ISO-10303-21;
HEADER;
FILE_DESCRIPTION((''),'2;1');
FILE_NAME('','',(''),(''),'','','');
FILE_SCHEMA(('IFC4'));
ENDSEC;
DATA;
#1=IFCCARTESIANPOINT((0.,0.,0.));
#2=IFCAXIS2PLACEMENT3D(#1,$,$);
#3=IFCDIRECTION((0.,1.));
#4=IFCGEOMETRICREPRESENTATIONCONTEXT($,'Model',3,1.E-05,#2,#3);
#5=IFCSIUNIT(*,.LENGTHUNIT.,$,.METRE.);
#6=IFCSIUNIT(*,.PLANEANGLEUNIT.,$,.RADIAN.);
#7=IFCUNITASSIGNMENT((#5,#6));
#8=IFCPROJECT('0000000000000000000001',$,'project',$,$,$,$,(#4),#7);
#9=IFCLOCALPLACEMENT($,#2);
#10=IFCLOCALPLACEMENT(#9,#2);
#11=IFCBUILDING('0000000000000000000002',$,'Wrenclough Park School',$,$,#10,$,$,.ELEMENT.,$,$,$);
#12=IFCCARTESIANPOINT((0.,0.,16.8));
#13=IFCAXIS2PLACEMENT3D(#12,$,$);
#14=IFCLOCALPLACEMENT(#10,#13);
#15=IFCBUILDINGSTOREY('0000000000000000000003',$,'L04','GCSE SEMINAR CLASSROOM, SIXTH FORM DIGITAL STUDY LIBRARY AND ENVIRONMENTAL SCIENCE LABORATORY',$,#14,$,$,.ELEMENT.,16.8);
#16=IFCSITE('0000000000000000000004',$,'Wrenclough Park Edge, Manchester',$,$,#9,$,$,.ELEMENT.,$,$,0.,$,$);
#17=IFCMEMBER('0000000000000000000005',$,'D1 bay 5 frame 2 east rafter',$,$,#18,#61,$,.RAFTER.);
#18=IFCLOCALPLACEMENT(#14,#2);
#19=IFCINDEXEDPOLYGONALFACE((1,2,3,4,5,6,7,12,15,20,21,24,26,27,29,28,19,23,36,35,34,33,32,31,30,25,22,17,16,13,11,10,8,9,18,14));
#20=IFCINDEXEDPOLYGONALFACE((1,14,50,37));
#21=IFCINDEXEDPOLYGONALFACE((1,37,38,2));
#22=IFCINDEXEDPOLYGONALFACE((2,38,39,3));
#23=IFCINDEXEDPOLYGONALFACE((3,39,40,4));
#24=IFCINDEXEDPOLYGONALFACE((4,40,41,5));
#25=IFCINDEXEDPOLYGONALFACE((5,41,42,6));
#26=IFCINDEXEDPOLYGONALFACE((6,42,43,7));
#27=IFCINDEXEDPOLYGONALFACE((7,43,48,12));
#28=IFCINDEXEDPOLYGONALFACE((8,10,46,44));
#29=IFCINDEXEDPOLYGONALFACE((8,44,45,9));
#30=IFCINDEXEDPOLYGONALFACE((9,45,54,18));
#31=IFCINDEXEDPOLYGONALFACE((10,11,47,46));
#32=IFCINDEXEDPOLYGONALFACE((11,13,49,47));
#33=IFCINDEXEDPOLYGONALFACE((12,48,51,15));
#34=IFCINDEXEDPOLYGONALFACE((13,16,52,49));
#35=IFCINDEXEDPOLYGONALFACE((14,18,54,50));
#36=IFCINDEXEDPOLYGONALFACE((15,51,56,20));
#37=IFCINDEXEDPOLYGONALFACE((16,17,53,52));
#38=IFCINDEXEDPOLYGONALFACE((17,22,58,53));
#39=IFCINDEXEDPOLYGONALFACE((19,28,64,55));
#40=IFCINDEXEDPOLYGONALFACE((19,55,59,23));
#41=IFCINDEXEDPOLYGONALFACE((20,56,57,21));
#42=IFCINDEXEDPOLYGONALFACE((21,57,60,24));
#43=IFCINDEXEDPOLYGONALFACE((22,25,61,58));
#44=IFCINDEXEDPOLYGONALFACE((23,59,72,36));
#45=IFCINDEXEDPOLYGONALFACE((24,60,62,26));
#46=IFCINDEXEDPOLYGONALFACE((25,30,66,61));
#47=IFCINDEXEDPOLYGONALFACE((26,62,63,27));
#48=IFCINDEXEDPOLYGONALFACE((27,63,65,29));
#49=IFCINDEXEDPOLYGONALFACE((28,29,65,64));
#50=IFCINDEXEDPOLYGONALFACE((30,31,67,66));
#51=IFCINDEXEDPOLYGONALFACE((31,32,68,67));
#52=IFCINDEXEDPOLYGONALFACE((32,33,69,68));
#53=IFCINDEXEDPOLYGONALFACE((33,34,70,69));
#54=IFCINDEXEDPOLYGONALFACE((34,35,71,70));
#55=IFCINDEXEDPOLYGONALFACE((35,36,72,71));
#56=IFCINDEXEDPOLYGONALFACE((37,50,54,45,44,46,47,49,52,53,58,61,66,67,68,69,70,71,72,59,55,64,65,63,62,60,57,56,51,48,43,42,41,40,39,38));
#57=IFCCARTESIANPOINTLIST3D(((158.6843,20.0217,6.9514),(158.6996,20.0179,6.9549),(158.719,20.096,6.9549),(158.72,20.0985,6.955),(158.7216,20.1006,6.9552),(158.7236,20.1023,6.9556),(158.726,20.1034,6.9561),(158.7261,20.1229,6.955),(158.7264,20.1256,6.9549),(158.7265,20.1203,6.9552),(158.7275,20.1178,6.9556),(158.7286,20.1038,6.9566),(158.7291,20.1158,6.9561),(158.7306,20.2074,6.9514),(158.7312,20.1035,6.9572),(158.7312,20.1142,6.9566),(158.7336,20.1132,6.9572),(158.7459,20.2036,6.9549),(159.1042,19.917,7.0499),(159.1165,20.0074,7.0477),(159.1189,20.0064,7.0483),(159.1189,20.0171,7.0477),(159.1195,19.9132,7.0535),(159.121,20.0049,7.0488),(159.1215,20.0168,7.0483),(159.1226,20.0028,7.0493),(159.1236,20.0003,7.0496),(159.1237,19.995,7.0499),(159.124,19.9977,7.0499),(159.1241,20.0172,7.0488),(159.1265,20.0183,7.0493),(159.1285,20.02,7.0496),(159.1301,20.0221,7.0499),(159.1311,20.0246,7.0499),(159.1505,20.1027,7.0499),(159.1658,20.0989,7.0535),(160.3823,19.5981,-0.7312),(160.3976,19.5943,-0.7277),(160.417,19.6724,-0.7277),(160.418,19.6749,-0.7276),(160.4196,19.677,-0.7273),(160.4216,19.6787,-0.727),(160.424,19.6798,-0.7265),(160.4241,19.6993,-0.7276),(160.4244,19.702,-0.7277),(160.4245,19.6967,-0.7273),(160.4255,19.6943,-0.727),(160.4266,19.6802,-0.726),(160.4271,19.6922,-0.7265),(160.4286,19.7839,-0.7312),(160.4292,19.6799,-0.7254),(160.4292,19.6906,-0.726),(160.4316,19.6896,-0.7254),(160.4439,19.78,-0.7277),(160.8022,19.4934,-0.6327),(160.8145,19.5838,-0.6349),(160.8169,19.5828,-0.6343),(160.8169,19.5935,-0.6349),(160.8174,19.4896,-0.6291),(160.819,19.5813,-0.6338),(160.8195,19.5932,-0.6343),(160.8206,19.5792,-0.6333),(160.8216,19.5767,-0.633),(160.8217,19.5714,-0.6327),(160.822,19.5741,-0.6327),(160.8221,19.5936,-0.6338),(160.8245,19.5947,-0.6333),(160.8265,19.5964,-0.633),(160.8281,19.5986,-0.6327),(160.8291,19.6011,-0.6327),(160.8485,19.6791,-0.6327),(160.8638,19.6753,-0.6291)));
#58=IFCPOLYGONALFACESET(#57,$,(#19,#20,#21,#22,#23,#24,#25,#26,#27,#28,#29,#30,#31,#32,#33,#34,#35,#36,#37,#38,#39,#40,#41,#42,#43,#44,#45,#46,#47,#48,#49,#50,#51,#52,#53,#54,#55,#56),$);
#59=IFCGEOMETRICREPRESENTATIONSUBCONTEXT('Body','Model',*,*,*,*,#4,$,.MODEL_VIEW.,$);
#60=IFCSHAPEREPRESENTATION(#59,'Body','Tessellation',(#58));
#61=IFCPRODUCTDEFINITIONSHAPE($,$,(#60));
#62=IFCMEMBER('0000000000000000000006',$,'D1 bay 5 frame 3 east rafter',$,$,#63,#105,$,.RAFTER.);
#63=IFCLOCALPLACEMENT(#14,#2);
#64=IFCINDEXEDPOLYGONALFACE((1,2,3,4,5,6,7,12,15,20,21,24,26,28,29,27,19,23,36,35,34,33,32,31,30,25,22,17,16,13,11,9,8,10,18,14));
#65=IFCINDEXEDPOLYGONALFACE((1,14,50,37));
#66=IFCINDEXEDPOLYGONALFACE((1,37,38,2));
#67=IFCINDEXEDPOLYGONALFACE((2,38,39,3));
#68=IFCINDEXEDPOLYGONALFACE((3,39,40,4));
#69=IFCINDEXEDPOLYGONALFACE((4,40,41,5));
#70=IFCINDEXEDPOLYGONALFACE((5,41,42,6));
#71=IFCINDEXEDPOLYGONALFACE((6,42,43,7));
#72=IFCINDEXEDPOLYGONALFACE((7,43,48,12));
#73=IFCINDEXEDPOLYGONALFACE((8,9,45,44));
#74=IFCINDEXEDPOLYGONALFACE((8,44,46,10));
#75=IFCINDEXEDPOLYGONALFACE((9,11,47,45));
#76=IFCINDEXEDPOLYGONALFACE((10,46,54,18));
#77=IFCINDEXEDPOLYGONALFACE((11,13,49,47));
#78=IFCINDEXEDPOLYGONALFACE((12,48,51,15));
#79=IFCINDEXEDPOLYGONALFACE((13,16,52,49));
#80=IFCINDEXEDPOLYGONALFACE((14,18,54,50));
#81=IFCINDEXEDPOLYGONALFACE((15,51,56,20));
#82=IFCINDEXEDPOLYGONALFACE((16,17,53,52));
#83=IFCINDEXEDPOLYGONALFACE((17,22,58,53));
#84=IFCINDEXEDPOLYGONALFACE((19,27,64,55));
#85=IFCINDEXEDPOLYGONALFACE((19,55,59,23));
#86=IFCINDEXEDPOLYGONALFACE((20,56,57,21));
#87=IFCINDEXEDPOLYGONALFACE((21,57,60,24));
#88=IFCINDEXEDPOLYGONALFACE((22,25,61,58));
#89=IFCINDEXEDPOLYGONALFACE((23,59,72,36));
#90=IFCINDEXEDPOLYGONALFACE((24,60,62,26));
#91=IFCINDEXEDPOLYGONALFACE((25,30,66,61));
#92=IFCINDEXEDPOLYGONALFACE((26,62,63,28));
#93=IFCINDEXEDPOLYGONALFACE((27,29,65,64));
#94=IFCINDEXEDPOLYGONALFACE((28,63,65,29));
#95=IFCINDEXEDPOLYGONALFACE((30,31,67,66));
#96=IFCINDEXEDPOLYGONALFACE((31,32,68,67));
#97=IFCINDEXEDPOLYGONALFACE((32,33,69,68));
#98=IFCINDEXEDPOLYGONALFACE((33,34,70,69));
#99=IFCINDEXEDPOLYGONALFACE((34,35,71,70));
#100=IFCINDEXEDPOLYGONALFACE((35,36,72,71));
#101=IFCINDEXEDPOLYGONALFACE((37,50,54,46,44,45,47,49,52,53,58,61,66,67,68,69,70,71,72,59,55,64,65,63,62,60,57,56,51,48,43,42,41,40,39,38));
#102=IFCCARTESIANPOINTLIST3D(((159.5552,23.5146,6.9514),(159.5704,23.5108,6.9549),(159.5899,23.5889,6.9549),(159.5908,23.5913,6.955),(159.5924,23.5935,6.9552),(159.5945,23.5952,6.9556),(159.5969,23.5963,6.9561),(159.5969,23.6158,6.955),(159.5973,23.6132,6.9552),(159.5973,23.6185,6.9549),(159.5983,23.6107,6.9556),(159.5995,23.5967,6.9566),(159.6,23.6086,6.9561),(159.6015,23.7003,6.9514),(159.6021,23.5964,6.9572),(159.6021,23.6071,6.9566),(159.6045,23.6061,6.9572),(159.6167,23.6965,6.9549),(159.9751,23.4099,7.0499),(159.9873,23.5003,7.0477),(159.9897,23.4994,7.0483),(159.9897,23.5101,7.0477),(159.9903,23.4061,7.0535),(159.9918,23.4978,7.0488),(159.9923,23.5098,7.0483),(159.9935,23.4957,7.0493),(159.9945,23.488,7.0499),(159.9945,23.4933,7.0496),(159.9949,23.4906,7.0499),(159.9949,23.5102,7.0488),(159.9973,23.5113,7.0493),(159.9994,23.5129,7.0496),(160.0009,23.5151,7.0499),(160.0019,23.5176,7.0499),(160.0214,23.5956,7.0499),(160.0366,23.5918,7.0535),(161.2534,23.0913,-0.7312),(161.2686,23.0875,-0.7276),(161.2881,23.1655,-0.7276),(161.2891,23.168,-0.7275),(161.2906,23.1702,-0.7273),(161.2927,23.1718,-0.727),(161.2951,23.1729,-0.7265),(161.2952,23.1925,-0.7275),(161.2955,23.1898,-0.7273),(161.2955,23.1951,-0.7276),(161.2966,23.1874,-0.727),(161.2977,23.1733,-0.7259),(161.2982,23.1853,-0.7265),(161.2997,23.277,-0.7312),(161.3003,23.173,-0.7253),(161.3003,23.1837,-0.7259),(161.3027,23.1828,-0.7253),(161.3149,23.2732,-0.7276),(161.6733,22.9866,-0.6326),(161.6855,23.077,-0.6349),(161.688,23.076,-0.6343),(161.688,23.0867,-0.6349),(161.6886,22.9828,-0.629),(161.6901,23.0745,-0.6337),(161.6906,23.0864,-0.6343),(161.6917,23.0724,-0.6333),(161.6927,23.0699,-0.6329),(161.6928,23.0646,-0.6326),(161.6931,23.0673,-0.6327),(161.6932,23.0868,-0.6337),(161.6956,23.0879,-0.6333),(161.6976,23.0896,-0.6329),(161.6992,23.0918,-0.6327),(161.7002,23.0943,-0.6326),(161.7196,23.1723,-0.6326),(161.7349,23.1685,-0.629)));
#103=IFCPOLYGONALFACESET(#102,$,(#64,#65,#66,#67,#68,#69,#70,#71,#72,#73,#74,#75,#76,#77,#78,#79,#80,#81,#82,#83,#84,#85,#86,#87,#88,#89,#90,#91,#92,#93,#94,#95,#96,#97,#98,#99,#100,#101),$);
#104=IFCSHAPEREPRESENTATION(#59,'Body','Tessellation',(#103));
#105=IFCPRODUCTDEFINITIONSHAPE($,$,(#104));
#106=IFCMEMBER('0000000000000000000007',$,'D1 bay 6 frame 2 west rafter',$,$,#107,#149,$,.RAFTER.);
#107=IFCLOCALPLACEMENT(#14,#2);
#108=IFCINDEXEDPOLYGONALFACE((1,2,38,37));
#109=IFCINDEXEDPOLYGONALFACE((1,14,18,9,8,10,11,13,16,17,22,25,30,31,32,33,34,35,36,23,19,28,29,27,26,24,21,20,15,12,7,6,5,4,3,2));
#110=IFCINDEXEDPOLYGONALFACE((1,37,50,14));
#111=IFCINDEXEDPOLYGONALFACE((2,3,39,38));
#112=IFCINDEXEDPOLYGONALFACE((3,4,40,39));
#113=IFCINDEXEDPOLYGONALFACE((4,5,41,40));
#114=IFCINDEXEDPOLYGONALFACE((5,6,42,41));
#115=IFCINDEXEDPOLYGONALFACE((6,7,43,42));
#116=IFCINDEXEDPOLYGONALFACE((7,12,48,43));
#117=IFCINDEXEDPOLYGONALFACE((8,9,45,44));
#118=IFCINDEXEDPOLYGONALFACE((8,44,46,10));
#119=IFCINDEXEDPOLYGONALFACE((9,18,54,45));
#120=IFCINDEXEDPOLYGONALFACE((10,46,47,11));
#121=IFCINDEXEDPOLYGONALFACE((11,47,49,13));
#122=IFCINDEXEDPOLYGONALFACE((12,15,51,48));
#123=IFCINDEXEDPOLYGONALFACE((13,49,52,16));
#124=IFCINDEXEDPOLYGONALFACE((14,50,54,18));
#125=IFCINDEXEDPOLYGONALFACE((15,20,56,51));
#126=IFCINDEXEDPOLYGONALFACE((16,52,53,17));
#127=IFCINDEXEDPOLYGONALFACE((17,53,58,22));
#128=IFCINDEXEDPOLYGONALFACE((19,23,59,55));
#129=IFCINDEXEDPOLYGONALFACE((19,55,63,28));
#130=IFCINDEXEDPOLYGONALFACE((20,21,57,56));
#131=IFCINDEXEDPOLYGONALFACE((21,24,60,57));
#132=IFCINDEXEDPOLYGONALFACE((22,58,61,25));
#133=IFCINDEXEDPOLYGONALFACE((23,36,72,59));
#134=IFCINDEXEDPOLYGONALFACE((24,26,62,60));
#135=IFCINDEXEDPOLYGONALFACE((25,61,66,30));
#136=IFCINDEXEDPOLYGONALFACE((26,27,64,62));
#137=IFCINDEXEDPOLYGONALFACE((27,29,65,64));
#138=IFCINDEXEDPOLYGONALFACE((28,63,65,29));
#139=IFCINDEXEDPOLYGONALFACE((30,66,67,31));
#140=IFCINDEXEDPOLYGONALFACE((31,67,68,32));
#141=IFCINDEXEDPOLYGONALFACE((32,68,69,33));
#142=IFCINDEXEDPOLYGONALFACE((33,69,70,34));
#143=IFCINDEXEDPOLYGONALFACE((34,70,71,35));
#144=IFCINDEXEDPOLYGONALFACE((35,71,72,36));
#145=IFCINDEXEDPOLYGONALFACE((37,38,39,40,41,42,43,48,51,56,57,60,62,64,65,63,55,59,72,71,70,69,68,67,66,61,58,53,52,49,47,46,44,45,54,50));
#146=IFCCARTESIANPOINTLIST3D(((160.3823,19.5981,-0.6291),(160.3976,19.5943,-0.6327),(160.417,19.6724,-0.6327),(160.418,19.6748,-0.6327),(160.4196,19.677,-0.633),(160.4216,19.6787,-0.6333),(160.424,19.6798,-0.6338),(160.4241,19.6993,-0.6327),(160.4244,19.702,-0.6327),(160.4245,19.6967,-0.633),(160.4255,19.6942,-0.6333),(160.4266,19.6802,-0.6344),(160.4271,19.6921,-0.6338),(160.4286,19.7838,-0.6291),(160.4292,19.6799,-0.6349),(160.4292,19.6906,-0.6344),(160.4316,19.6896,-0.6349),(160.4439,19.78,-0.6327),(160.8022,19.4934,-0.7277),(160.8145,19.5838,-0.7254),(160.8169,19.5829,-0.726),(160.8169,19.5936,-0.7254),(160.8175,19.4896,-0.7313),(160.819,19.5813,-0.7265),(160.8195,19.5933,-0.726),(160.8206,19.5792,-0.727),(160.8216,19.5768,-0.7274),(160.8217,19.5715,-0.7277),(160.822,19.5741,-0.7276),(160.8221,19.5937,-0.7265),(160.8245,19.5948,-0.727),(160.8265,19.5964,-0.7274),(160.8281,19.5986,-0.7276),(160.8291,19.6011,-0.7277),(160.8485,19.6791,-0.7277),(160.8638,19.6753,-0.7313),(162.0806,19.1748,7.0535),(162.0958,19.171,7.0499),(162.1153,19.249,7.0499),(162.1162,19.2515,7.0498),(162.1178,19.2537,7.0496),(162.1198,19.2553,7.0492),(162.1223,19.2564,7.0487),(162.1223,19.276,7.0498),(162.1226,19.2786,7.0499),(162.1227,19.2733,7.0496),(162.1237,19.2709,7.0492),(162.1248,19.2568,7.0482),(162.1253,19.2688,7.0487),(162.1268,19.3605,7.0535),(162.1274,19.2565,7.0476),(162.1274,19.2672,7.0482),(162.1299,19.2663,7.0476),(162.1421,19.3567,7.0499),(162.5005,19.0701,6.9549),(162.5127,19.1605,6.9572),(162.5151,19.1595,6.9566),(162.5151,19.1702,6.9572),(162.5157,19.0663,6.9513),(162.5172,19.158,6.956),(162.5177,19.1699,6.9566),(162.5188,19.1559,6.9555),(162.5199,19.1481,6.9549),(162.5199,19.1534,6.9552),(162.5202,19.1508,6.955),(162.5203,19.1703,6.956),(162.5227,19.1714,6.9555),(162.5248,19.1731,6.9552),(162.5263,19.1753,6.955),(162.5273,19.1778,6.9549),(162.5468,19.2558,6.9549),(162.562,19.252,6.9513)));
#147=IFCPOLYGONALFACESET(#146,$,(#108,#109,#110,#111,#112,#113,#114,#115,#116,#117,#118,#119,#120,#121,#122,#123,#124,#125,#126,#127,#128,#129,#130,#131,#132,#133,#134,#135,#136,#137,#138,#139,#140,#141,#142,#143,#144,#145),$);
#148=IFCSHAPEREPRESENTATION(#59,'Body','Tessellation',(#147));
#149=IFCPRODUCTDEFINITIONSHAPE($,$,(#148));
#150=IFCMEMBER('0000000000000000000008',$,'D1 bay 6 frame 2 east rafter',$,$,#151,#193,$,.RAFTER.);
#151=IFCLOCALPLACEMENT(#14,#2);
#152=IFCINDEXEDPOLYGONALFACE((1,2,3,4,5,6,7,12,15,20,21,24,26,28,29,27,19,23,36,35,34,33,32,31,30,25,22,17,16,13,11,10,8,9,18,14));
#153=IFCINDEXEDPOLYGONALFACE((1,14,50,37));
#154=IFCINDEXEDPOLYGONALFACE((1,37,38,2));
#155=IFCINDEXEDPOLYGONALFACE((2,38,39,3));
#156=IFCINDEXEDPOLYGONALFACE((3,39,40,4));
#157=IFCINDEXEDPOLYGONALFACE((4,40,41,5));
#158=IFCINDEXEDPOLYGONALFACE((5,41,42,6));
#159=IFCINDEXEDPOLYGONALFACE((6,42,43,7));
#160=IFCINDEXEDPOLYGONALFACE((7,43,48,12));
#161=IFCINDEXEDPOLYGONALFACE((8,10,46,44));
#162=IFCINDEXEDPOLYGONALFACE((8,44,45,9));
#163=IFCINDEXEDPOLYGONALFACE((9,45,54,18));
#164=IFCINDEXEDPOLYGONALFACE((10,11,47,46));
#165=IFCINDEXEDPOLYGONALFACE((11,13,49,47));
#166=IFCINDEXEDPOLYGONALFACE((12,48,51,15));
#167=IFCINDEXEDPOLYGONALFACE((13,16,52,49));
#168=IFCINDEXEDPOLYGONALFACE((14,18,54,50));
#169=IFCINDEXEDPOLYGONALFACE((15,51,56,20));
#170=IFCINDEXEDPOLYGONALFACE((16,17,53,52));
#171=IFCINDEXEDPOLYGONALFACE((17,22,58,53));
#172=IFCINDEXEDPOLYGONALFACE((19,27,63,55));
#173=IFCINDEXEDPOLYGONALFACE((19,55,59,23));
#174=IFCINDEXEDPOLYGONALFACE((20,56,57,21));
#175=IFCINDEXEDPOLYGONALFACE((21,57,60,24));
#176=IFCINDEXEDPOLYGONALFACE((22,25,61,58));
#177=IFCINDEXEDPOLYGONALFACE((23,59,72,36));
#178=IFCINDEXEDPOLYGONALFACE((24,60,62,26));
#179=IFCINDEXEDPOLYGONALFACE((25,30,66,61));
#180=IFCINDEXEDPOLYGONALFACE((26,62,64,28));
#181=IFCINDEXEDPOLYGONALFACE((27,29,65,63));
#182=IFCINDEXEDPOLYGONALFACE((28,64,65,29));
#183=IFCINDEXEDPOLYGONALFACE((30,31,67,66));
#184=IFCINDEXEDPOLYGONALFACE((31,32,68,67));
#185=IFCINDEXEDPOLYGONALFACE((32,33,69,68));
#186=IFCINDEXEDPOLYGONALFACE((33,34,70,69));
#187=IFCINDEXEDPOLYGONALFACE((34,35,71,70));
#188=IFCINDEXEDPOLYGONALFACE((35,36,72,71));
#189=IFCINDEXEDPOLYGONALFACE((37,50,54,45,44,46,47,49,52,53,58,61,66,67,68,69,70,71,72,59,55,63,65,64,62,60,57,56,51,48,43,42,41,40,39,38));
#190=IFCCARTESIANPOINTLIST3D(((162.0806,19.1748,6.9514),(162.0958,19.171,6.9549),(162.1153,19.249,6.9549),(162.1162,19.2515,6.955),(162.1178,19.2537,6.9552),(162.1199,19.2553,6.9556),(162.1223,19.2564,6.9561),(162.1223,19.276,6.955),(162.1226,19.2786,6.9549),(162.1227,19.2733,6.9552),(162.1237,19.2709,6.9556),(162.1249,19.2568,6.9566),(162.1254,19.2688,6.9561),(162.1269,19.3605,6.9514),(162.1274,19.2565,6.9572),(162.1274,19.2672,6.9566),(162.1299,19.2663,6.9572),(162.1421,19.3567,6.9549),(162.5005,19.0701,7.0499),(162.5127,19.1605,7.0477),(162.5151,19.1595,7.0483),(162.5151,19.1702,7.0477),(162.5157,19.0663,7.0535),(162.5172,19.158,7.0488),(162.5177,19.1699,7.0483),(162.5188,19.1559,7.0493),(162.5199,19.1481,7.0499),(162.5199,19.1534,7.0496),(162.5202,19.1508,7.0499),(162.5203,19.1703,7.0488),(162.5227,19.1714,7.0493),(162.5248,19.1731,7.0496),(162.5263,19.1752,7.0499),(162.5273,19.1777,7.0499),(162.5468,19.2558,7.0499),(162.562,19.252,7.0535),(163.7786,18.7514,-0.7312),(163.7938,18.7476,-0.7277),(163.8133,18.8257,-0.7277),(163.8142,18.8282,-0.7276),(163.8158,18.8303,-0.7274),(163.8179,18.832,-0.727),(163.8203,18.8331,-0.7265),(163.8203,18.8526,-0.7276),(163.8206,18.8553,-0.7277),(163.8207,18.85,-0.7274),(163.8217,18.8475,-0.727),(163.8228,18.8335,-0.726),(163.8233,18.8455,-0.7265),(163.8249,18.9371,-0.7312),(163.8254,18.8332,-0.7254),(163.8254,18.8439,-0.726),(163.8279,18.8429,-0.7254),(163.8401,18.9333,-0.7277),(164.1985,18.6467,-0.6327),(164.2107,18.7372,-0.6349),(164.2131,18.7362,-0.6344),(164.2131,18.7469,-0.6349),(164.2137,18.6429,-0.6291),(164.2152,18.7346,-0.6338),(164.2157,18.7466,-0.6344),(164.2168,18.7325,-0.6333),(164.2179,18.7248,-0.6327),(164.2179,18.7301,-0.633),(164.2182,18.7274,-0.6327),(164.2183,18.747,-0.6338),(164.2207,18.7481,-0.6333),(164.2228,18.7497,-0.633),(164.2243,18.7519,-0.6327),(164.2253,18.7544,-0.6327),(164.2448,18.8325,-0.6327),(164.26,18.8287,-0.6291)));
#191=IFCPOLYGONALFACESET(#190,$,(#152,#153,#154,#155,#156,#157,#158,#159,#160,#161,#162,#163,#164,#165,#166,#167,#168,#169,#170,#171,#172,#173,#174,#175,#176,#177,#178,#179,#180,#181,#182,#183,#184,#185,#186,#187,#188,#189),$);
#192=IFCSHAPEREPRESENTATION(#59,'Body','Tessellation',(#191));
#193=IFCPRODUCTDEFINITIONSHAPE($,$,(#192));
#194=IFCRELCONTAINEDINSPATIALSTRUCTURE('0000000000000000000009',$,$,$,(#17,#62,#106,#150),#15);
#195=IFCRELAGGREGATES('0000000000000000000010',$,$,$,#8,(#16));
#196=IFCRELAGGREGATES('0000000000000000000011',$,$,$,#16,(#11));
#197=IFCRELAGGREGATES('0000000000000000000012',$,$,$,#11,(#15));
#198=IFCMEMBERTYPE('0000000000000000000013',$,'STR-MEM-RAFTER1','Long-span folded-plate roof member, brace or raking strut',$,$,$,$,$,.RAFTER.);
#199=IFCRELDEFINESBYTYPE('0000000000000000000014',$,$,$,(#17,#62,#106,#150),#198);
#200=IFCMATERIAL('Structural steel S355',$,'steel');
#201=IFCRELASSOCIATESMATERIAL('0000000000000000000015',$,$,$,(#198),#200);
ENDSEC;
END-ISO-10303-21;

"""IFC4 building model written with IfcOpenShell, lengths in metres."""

from ifc_helpers import new_model, si_unit, direction, frame, origin, origin_2d, place, context, subcontext, project, spatial, i_section, extrude, material, material_profile, profile_set, type_object, element, save


model = new_model("IFC4")

# Units and contexts
model_context = context("Model", 3, precision=1e-05, world=origin(), true_north=direction((0.0, 1.0)))
body_context = subcontext(model_context, "Body", "Model", "MODEL_VIEW")
ifc_project = project(units=[si_unit("LENGTHUNIT", "METRE"), si_unit("PLANEANGLEUNIT", "RADIAN")], contexts=[model_context])

# Site, building, storey
site_placement = place(None, origin())
site = spatial("IfcSite", under=ifc_project, at=site_placement, Name="Wrenclough Park Edge, Manchester", CompositionType="ELEMENT", RefElevation=0.0)
building_placement = place(site_placement, origin())
building = spatial("IfcBuilding", under=site, at=building_placement, Name="Wrenclough Park School", CompositionType="ELEMENT")
storey_placement = place(building_placement, frame((0.0, 0.0, 16.8)))
storey = spatial("IfcBuildingStorey", under=building, at=storey_placement, Name="L04", Description="GCSE SEMINAR CLASSROOM, SIXTH FORM DIGITAL STUDY LIBRARY AND ENVIRONMENTAL SCIENCE LABORATORY", CompositionType="ELEMENT", Elevation=16.8)

# Members
ifc_material = material(Name="Structural steel S355", Category="steel")
ifc_material_profile_1 = material_profile(ifc_material, i_section(OverallWidth=0.1914, OverallDepth=0.46, WebThickness=0.01, FlangeThickness=0.0161, FilletRadius=0.0103, at=origin_2d()), Name="UKB 457x191x82")
ifc_profile_set_1 = profile_set([ifc_material_profile_1], Name="Structural steel S355")
member_type_1 = type_object("IfcMemberType", Name="STR-MEM-RAFTER1", Description="Long-span folded-plate roof member, brace or raking strut", PredefinedType="RAFTER", material=ifc_profile_set_1)
for number, where, z_axis, x_axis, name in (
    (1, (158.925, 20.0603, 7.0024), (0.215498, -0.053758, -0.975023), (0.242043, 0.970265, 0.0), "D1 bay 5 frame 2 east rafter"),
    (2, (159.7959, 23.5532, 7.0024), (0.215528, -0.053727, -0.975019), (0.241879, 0.970306, 0.0), "D1 bay 5 frame 3 east rafter"),
    (3, (160.623, 19.6367, -0.6802), (0.215528, -0.053727, 0.975019), (0.241879, 0.970306, 0.0), "D1 bay 6 frame 2 west rafter"),
    (4, (162.3213, 19.2134, 7.0024), (0.215498, -0.053727, -0.975025), (0.241912, 0.970298, 0.0), "D1 bay 6 frame 2 east rafter"),
):
    element("IfcMember", number, at=place(storey_placement, frame(where, z_axis=z_axis, x_axis=x_axis)), inside=storey, type_object=member_type_1, Name=name, PredefinedType="RAFTER", context=body_context, shape_type="SweptSolid", body=[
        extrude(i_section(OverallWidth=0.1914, OverallDepth=0.46, WebThickness=0.01, FlangeThickness=0.0161, FilletRadius=0.0103, at=origin_2d()), origin(), (0.0, 0.0, 1.0), 7.8794),
    ])

save(model, "model.ifc")
